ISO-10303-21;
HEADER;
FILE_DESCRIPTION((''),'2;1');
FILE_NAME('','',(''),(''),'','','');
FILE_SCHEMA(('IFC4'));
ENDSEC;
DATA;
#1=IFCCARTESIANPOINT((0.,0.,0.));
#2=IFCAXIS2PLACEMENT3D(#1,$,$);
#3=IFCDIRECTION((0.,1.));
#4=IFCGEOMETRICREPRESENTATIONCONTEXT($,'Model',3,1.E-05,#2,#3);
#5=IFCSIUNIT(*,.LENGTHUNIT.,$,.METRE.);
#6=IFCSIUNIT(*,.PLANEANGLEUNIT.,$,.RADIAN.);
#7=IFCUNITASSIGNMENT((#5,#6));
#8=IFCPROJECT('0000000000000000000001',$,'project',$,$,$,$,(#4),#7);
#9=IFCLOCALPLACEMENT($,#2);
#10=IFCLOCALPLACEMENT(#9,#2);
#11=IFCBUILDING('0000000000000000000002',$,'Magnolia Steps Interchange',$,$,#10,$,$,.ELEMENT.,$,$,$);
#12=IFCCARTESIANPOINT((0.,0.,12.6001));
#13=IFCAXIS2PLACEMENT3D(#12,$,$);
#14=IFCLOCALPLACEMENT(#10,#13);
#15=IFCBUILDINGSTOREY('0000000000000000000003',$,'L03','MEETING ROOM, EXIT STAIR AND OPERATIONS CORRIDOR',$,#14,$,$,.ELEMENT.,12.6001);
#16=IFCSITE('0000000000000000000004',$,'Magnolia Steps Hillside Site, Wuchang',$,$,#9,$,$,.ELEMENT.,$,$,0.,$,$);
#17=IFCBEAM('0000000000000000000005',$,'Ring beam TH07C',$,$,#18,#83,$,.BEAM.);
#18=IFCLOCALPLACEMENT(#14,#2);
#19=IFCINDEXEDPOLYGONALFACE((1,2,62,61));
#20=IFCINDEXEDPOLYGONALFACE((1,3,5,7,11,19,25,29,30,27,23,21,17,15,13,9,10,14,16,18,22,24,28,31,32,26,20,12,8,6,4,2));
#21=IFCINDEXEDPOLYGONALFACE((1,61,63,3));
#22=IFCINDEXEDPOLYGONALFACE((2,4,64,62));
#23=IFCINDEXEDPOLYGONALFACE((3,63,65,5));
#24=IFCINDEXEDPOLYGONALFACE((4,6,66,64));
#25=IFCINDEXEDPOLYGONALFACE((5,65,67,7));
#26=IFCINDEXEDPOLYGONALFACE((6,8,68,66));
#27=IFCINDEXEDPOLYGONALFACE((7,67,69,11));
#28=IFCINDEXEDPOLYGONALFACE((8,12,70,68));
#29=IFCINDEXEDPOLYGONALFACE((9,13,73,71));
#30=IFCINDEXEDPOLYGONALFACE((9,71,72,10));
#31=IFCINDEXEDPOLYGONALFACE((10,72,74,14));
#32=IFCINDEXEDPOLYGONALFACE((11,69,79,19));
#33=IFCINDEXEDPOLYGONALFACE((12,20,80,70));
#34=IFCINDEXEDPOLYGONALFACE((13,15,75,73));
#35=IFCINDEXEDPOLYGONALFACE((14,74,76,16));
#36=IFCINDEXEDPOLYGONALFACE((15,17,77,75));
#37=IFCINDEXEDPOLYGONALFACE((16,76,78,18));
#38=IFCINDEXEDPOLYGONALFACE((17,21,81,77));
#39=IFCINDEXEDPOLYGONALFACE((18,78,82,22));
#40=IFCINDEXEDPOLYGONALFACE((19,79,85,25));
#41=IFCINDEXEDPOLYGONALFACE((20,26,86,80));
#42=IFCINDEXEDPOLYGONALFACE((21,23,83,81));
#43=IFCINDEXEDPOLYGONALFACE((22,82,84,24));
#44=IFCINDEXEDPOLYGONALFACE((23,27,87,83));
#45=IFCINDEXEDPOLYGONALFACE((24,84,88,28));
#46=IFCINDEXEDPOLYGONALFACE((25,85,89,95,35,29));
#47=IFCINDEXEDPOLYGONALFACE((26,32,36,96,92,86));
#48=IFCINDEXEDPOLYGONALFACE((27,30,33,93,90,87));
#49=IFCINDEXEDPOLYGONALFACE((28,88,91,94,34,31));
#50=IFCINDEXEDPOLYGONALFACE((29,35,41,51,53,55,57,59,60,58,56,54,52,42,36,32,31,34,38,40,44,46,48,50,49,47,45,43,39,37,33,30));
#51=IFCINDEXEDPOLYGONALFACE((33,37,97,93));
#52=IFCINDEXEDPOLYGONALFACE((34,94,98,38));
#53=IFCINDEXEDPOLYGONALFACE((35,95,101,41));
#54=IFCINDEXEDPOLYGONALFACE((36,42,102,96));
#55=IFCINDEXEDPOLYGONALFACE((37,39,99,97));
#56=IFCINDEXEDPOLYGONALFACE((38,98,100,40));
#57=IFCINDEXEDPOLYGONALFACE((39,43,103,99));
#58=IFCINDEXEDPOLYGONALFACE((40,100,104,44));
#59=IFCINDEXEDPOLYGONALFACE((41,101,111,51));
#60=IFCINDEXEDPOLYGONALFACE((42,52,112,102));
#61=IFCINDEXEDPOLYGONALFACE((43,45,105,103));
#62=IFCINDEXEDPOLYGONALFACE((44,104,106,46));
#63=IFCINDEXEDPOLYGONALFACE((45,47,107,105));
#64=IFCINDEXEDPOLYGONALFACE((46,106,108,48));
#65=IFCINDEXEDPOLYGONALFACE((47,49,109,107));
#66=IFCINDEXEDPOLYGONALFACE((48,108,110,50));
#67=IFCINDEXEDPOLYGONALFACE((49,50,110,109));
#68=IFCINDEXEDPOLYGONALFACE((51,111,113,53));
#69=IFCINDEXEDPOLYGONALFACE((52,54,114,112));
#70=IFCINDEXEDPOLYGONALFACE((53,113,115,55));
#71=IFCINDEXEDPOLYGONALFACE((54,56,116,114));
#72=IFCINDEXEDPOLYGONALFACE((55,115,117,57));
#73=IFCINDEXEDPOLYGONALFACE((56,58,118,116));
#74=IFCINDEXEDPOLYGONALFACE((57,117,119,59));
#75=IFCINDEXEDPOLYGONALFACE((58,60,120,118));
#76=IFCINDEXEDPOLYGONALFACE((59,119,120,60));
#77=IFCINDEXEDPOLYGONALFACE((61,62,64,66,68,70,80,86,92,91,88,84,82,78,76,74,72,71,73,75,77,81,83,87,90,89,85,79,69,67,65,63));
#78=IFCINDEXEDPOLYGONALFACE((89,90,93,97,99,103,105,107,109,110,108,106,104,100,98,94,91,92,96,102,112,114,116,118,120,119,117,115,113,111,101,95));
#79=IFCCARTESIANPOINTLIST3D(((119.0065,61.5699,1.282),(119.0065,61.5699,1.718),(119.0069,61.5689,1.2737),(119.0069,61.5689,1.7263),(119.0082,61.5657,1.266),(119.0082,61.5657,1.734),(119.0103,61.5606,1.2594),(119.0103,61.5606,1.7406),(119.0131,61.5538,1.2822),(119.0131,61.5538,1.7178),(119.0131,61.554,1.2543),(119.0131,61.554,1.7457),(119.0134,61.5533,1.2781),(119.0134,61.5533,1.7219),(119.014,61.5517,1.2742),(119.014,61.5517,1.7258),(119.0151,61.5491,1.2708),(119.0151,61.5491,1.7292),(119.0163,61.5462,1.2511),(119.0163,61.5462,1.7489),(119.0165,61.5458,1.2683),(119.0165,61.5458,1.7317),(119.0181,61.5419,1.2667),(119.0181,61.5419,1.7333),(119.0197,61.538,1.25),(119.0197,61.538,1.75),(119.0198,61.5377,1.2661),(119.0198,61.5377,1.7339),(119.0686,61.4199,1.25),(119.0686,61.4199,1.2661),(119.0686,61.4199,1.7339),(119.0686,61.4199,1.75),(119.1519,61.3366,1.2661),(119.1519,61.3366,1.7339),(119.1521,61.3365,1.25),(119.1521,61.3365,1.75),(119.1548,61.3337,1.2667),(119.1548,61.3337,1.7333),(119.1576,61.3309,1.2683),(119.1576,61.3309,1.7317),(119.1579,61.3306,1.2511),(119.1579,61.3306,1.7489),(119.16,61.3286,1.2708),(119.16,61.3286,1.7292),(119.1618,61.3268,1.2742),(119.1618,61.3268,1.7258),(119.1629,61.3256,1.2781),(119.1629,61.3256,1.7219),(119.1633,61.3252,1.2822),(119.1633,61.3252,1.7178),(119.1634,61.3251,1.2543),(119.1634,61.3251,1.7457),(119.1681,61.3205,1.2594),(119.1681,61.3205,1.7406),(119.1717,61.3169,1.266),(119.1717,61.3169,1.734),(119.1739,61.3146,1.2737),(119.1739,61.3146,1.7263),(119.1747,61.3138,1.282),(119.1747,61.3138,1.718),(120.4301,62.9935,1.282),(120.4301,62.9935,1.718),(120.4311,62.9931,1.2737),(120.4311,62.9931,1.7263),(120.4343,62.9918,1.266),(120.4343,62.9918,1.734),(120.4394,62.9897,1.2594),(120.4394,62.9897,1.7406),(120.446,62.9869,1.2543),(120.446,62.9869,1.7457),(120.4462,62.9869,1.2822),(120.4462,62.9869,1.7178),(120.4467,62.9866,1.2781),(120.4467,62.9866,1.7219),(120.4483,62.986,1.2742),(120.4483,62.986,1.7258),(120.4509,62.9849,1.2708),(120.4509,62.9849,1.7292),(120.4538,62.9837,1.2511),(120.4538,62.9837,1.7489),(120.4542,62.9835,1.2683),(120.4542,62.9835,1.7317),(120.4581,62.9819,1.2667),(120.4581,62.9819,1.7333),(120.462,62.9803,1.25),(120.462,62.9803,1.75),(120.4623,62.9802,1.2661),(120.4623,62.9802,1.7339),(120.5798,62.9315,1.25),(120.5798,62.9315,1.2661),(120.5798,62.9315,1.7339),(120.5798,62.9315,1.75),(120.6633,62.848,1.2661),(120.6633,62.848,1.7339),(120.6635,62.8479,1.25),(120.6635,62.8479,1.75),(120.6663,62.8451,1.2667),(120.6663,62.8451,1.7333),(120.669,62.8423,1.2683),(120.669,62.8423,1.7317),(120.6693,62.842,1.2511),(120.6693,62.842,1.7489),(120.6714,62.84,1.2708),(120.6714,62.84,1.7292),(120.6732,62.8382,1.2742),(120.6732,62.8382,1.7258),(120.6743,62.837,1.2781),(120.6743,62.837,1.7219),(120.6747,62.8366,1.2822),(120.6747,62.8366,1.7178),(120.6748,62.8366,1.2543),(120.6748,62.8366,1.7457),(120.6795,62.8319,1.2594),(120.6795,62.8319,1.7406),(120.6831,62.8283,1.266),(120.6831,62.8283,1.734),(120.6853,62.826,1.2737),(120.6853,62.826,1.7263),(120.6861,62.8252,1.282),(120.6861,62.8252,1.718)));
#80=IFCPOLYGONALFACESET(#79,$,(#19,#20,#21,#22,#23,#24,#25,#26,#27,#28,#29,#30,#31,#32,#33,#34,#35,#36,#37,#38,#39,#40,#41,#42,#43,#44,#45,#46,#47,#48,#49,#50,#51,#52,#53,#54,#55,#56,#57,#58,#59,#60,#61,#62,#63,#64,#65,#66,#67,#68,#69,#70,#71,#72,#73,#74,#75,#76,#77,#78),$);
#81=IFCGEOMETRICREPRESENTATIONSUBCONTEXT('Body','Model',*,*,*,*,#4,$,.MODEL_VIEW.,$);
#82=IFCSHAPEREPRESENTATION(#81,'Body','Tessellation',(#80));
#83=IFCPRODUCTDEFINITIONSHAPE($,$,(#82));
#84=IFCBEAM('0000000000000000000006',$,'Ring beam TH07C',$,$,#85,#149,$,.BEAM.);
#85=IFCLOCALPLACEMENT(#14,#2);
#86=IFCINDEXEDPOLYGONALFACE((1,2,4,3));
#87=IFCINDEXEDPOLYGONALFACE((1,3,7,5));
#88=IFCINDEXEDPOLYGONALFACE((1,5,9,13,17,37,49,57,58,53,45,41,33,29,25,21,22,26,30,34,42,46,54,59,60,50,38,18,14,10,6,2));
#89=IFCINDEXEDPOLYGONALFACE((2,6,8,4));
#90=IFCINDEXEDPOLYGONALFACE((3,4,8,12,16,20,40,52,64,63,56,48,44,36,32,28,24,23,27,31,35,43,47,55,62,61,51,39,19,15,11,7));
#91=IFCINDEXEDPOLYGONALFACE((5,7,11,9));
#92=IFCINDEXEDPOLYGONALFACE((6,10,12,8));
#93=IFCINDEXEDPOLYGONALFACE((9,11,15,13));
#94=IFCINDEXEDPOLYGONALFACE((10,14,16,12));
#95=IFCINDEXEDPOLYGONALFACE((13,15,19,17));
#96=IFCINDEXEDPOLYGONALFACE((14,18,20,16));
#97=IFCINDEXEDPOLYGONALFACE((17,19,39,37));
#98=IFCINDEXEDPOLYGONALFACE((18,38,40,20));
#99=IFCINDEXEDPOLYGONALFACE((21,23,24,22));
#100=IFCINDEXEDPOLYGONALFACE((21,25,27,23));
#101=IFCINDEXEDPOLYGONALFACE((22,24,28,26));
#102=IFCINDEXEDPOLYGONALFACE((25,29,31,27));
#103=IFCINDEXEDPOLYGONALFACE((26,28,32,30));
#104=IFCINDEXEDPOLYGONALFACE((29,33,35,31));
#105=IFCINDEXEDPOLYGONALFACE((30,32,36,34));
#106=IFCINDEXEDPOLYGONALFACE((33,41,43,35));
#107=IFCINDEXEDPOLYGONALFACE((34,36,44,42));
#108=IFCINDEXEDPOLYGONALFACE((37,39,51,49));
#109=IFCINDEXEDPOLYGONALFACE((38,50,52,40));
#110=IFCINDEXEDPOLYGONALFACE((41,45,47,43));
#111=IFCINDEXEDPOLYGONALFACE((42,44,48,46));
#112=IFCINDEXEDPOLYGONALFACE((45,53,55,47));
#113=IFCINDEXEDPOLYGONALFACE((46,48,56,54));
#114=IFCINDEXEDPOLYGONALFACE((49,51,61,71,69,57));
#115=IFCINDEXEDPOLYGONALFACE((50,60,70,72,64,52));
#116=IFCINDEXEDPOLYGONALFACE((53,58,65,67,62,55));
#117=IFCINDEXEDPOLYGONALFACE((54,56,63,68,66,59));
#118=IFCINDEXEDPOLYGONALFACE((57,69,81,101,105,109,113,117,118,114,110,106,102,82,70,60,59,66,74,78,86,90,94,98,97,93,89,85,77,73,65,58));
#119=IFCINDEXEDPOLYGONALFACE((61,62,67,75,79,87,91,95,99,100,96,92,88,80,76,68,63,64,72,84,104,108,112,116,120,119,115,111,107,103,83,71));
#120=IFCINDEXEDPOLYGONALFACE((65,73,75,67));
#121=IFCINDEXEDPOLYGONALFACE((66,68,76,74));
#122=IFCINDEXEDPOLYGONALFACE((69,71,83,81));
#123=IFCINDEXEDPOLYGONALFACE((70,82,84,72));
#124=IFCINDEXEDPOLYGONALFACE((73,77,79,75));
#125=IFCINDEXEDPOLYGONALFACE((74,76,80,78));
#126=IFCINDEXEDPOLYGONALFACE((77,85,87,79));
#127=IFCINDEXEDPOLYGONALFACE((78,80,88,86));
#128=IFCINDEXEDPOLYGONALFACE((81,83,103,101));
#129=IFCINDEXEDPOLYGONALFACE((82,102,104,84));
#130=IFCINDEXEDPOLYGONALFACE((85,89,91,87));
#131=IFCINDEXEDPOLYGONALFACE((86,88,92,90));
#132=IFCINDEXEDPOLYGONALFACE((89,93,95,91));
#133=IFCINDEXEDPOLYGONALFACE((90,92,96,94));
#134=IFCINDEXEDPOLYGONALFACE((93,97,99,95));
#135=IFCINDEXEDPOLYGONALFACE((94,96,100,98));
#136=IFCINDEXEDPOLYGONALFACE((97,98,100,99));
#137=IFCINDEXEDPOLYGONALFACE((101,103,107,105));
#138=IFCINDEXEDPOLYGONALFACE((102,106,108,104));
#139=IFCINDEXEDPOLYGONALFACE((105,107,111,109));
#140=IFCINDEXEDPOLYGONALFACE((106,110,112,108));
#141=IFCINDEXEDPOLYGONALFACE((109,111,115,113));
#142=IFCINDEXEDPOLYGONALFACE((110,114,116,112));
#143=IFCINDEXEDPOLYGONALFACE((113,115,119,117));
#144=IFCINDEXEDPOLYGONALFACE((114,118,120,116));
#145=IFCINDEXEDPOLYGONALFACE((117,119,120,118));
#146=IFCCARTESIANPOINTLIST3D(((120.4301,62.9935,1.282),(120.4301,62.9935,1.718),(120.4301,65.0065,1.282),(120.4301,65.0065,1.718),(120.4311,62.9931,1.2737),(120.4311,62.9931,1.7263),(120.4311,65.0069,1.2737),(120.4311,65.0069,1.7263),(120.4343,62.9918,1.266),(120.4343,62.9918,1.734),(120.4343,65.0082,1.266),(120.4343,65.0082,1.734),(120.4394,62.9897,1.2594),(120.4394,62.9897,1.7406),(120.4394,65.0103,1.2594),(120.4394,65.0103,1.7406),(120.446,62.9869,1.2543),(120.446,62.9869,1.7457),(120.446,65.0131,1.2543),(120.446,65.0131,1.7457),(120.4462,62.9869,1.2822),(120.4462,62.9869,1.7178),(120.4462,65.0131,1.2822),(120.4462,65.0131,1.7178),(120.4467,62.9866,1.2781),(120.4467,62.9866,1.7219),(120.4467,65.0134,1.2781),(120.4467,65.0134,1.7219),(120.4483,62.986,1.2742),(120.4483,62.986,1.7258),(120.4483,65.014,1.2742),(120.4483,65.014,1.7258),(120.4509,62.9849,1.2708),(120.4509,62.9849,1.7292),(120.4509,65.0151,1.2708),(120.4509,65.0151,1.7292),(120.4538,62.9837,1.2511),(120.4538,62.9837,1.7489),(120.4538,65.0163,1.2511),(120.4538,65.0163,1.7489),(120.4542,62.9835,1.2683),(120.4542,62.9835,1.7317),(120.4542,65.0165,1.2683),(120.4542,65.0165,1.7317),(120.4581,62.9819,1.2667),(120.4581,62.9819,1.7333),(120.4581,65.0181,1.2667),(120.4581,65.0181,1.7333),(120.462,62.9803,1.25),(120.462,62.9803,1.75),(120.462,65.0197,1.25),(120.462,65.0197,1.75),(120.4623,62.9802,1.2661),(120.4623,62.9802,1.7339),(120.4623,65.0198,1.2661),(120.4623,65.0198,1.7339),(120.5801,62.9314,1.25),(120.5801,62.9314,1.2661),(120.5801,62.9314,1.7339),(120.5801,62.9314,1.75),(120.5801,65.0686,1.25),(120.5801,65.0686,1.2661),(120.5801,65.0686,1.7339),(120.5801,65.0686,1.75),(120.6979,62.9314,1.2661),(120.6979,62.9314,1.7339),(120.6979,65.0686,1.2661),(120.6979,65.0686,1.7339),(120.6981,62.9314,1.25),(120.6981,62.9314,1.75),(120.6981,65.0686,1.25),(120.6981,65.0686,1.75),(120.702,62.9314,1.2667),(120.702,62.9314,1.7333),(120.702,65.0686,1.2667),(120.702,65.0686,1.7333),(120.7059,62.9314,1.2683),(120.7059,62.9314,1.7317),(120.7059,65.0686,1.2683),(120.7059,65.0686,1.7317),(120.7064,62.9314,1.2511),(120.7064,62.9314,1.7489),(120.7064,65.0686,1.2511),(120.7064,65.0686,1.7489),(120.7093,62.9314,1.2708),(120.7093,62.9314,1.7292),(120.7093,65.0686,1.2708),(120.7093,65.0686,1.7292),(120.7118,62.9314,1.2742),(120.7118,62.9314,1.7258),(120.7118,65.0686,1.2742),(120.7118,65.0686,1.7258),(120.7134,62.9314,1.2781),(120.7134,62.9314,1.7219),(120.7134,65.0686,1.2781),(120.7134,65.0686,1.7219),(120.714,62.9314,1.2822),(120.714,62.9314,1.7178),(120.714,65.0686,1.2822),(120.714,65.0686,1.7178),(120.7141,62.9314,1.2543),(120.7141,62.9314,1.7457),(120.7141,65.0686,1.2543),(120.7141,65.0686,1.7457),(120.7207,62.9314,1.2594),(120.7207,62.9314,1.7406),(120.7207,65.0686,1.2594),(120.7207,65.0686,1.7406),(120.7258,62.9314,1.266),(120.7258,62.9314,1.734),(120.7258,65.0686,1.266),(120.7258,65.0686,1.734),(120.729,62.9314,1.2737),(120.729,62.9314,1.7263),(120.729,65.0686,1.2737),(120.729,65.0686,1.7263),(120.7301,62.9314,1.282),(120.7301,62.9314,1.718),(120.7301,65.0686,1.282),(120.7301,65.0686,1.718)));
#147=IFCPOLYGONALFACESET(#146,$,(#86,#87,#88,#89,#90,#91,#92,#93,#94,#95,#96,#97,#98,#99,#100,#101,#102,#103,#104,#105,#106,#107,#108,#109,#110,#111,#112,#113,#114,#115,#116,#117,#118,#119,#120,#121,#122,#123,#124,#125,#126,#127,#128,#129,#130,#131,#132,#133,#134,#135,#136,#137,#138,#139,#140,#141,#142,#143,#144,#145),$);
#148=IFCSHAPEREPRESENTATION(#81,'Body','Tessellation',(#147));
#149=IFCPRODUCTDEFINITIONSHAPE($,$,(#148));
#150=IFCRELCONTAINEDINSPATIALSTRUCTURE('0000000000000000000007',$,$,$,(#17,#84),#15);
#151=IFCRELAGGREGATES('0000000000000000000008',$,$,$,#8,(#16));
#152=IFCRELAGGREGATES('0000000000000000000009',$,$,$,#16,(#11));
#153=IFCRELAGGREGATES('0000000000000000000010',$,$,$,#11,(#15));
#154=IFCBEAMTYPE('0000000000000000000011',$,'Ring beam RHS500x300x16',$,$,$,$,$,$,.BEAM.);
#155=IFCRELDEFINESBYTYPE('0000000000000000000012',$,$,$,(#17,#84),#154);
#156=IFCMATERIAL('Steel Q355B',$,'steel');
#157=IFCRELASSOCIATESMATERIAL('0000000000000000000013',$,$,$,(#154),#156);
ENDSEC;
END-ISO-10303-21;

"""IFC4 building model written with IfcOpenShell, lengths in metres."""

from ifc_helpers import new_model, si_unit, direction, frame, origin, origin_2d, place, context, subcontext, project, spatial, hollow_rectangle, extrude, clip, halfspace, material, material_profile, profile_set, type_object, element, save


model = new_model("IFC4")

# Units and contexts
model_context = context("Model", 3, precision=1e-05, world=origin(), true_north=direction((0.0, 1.0)))
body_context = subcontext(model_context, "Body", "Model", "MODEL_VIEW")
ifc_project = project(units=[si_unit("LENGTHUNIT", "METRE"), si_unit("PLANEANGLEUNIT", "RADIAN")], contexts=[model_context])

# Site, building, storey
site_placement = place(None, origin())
site = spatial("IfcSite", under=ifc_project, at=site_placement, Name="Magnolia Steps Hillside Site, Wuchang", CompositionType="ELEMENT", RefElevation=0.0)
building_placement = place(site_placement, origin())
building = spatial("IfcBuilding", under=site, at=building_placement, Name="Magnolia Steps Interchange", CompositionType="ELEMENT")
storey_placement = place(building_placement, frame((0.0, 0.0, 12.6001)))
storey = spatial("IfcBuildingStorey", under=building, at=storey_placement, Name="L03", Description="MEETING ROOM, EXIT STAIR AND OPERATIONS CORRIDOR", CompositionType="ELEMENT", Elevation=12.6001)

# Beams
ifc_material_1 = material(Name="Steel Q355B", Category="steel")
ifc_material_profile_1 = material_profile(ifc_material_1, hollow_rectangle(XDim=0.3, YDim=0.5, WallThickness=0.0161, InnerFilletRadius=0.0161, OuterFilletRadius=0.032, at=origin_2d()), Name="RHS500x300x16")
ifc_profile_set_1 = profile_set([ifc_material_profile_1], Name="Steel Q355B")
beam_type_1 = type_object("IfcBeamType", Name="Ring beam RHS500x300x16", PredefinedType="BEAM", material=ifc_profile_set_1)
beam_1_placement = place(storey_placement, frame((119.0686, 61.4199, 1.5), z_axis=(0.707107, 0.707107, 0.0), x_axis=(-0.707107, 0.707107, 0.0)))
element("IfcBeam", 1, at=beam_1_placement, inside=storey, type_object=beam_type_1, Name="Ring beam TH07C", PredefinedType="BEAM", context=body_context, shape_type="Clipping", body=[
    clip(clip(extrude(hollow_rectangle(XDim=0.3, YDim=0.5, WallThickness=0.0161, InnerFilletRadius=0.0161, OuterFilletRadius=0.032, at=origin_2d()), origin(), (0.0, 0.0, 1.0), 2.1375), halfspace(frame((0.0, 0.0, 0.0), z_axis=(0.382683, 0.0, -0.92388), x_axis=(0.92388, 0.0, 0.382683)), False)), halfspace(frame((0.0, 0.0, 2.1375), z_axis=(0.382683, 0.0, 0.92388), x_axis=(0.92388, 0.0, -0.382683)), False)),
])
beam_2_placement = place(storey_placement, frame((120.5801, 62.9314, 1.5), z_axis=(0.0, 1.0, 0.0), x_axis=(-1.0, 0.0, 0.0)))
element("IfcBeam", 2, at=beam_2_placement, inside=storey, type_object=beam_type_1, Name="Ring beam TH07C", PredefinedType="BEAM", context=body_context, shape_type="Clipping", body=[
    clip(clip(extrude(hollow_rectangle(XDim=0.3, YDim=0.5, WallThickness=0.0161, InnerFilletRadius=0.0161, OuterFilletRadius=0.032, at=origin_2d()), origin(), (0.0, 0.0, 1.0), 2.1372), halfspace(frame((0.0, 0.0, 0.0), z_axis=(0.382683, 0.0, -0.92388), x_axis=(0.92388, 0.0, 0.382683)), False)), halfspace(frame((0.0, 0.0, 2.1372), z_axis=(0.382683, 0.0, 0.92388), x_axis=(0.92388, 0.0, -0.382683)), False)),
])

save(model, "model.ifc")
